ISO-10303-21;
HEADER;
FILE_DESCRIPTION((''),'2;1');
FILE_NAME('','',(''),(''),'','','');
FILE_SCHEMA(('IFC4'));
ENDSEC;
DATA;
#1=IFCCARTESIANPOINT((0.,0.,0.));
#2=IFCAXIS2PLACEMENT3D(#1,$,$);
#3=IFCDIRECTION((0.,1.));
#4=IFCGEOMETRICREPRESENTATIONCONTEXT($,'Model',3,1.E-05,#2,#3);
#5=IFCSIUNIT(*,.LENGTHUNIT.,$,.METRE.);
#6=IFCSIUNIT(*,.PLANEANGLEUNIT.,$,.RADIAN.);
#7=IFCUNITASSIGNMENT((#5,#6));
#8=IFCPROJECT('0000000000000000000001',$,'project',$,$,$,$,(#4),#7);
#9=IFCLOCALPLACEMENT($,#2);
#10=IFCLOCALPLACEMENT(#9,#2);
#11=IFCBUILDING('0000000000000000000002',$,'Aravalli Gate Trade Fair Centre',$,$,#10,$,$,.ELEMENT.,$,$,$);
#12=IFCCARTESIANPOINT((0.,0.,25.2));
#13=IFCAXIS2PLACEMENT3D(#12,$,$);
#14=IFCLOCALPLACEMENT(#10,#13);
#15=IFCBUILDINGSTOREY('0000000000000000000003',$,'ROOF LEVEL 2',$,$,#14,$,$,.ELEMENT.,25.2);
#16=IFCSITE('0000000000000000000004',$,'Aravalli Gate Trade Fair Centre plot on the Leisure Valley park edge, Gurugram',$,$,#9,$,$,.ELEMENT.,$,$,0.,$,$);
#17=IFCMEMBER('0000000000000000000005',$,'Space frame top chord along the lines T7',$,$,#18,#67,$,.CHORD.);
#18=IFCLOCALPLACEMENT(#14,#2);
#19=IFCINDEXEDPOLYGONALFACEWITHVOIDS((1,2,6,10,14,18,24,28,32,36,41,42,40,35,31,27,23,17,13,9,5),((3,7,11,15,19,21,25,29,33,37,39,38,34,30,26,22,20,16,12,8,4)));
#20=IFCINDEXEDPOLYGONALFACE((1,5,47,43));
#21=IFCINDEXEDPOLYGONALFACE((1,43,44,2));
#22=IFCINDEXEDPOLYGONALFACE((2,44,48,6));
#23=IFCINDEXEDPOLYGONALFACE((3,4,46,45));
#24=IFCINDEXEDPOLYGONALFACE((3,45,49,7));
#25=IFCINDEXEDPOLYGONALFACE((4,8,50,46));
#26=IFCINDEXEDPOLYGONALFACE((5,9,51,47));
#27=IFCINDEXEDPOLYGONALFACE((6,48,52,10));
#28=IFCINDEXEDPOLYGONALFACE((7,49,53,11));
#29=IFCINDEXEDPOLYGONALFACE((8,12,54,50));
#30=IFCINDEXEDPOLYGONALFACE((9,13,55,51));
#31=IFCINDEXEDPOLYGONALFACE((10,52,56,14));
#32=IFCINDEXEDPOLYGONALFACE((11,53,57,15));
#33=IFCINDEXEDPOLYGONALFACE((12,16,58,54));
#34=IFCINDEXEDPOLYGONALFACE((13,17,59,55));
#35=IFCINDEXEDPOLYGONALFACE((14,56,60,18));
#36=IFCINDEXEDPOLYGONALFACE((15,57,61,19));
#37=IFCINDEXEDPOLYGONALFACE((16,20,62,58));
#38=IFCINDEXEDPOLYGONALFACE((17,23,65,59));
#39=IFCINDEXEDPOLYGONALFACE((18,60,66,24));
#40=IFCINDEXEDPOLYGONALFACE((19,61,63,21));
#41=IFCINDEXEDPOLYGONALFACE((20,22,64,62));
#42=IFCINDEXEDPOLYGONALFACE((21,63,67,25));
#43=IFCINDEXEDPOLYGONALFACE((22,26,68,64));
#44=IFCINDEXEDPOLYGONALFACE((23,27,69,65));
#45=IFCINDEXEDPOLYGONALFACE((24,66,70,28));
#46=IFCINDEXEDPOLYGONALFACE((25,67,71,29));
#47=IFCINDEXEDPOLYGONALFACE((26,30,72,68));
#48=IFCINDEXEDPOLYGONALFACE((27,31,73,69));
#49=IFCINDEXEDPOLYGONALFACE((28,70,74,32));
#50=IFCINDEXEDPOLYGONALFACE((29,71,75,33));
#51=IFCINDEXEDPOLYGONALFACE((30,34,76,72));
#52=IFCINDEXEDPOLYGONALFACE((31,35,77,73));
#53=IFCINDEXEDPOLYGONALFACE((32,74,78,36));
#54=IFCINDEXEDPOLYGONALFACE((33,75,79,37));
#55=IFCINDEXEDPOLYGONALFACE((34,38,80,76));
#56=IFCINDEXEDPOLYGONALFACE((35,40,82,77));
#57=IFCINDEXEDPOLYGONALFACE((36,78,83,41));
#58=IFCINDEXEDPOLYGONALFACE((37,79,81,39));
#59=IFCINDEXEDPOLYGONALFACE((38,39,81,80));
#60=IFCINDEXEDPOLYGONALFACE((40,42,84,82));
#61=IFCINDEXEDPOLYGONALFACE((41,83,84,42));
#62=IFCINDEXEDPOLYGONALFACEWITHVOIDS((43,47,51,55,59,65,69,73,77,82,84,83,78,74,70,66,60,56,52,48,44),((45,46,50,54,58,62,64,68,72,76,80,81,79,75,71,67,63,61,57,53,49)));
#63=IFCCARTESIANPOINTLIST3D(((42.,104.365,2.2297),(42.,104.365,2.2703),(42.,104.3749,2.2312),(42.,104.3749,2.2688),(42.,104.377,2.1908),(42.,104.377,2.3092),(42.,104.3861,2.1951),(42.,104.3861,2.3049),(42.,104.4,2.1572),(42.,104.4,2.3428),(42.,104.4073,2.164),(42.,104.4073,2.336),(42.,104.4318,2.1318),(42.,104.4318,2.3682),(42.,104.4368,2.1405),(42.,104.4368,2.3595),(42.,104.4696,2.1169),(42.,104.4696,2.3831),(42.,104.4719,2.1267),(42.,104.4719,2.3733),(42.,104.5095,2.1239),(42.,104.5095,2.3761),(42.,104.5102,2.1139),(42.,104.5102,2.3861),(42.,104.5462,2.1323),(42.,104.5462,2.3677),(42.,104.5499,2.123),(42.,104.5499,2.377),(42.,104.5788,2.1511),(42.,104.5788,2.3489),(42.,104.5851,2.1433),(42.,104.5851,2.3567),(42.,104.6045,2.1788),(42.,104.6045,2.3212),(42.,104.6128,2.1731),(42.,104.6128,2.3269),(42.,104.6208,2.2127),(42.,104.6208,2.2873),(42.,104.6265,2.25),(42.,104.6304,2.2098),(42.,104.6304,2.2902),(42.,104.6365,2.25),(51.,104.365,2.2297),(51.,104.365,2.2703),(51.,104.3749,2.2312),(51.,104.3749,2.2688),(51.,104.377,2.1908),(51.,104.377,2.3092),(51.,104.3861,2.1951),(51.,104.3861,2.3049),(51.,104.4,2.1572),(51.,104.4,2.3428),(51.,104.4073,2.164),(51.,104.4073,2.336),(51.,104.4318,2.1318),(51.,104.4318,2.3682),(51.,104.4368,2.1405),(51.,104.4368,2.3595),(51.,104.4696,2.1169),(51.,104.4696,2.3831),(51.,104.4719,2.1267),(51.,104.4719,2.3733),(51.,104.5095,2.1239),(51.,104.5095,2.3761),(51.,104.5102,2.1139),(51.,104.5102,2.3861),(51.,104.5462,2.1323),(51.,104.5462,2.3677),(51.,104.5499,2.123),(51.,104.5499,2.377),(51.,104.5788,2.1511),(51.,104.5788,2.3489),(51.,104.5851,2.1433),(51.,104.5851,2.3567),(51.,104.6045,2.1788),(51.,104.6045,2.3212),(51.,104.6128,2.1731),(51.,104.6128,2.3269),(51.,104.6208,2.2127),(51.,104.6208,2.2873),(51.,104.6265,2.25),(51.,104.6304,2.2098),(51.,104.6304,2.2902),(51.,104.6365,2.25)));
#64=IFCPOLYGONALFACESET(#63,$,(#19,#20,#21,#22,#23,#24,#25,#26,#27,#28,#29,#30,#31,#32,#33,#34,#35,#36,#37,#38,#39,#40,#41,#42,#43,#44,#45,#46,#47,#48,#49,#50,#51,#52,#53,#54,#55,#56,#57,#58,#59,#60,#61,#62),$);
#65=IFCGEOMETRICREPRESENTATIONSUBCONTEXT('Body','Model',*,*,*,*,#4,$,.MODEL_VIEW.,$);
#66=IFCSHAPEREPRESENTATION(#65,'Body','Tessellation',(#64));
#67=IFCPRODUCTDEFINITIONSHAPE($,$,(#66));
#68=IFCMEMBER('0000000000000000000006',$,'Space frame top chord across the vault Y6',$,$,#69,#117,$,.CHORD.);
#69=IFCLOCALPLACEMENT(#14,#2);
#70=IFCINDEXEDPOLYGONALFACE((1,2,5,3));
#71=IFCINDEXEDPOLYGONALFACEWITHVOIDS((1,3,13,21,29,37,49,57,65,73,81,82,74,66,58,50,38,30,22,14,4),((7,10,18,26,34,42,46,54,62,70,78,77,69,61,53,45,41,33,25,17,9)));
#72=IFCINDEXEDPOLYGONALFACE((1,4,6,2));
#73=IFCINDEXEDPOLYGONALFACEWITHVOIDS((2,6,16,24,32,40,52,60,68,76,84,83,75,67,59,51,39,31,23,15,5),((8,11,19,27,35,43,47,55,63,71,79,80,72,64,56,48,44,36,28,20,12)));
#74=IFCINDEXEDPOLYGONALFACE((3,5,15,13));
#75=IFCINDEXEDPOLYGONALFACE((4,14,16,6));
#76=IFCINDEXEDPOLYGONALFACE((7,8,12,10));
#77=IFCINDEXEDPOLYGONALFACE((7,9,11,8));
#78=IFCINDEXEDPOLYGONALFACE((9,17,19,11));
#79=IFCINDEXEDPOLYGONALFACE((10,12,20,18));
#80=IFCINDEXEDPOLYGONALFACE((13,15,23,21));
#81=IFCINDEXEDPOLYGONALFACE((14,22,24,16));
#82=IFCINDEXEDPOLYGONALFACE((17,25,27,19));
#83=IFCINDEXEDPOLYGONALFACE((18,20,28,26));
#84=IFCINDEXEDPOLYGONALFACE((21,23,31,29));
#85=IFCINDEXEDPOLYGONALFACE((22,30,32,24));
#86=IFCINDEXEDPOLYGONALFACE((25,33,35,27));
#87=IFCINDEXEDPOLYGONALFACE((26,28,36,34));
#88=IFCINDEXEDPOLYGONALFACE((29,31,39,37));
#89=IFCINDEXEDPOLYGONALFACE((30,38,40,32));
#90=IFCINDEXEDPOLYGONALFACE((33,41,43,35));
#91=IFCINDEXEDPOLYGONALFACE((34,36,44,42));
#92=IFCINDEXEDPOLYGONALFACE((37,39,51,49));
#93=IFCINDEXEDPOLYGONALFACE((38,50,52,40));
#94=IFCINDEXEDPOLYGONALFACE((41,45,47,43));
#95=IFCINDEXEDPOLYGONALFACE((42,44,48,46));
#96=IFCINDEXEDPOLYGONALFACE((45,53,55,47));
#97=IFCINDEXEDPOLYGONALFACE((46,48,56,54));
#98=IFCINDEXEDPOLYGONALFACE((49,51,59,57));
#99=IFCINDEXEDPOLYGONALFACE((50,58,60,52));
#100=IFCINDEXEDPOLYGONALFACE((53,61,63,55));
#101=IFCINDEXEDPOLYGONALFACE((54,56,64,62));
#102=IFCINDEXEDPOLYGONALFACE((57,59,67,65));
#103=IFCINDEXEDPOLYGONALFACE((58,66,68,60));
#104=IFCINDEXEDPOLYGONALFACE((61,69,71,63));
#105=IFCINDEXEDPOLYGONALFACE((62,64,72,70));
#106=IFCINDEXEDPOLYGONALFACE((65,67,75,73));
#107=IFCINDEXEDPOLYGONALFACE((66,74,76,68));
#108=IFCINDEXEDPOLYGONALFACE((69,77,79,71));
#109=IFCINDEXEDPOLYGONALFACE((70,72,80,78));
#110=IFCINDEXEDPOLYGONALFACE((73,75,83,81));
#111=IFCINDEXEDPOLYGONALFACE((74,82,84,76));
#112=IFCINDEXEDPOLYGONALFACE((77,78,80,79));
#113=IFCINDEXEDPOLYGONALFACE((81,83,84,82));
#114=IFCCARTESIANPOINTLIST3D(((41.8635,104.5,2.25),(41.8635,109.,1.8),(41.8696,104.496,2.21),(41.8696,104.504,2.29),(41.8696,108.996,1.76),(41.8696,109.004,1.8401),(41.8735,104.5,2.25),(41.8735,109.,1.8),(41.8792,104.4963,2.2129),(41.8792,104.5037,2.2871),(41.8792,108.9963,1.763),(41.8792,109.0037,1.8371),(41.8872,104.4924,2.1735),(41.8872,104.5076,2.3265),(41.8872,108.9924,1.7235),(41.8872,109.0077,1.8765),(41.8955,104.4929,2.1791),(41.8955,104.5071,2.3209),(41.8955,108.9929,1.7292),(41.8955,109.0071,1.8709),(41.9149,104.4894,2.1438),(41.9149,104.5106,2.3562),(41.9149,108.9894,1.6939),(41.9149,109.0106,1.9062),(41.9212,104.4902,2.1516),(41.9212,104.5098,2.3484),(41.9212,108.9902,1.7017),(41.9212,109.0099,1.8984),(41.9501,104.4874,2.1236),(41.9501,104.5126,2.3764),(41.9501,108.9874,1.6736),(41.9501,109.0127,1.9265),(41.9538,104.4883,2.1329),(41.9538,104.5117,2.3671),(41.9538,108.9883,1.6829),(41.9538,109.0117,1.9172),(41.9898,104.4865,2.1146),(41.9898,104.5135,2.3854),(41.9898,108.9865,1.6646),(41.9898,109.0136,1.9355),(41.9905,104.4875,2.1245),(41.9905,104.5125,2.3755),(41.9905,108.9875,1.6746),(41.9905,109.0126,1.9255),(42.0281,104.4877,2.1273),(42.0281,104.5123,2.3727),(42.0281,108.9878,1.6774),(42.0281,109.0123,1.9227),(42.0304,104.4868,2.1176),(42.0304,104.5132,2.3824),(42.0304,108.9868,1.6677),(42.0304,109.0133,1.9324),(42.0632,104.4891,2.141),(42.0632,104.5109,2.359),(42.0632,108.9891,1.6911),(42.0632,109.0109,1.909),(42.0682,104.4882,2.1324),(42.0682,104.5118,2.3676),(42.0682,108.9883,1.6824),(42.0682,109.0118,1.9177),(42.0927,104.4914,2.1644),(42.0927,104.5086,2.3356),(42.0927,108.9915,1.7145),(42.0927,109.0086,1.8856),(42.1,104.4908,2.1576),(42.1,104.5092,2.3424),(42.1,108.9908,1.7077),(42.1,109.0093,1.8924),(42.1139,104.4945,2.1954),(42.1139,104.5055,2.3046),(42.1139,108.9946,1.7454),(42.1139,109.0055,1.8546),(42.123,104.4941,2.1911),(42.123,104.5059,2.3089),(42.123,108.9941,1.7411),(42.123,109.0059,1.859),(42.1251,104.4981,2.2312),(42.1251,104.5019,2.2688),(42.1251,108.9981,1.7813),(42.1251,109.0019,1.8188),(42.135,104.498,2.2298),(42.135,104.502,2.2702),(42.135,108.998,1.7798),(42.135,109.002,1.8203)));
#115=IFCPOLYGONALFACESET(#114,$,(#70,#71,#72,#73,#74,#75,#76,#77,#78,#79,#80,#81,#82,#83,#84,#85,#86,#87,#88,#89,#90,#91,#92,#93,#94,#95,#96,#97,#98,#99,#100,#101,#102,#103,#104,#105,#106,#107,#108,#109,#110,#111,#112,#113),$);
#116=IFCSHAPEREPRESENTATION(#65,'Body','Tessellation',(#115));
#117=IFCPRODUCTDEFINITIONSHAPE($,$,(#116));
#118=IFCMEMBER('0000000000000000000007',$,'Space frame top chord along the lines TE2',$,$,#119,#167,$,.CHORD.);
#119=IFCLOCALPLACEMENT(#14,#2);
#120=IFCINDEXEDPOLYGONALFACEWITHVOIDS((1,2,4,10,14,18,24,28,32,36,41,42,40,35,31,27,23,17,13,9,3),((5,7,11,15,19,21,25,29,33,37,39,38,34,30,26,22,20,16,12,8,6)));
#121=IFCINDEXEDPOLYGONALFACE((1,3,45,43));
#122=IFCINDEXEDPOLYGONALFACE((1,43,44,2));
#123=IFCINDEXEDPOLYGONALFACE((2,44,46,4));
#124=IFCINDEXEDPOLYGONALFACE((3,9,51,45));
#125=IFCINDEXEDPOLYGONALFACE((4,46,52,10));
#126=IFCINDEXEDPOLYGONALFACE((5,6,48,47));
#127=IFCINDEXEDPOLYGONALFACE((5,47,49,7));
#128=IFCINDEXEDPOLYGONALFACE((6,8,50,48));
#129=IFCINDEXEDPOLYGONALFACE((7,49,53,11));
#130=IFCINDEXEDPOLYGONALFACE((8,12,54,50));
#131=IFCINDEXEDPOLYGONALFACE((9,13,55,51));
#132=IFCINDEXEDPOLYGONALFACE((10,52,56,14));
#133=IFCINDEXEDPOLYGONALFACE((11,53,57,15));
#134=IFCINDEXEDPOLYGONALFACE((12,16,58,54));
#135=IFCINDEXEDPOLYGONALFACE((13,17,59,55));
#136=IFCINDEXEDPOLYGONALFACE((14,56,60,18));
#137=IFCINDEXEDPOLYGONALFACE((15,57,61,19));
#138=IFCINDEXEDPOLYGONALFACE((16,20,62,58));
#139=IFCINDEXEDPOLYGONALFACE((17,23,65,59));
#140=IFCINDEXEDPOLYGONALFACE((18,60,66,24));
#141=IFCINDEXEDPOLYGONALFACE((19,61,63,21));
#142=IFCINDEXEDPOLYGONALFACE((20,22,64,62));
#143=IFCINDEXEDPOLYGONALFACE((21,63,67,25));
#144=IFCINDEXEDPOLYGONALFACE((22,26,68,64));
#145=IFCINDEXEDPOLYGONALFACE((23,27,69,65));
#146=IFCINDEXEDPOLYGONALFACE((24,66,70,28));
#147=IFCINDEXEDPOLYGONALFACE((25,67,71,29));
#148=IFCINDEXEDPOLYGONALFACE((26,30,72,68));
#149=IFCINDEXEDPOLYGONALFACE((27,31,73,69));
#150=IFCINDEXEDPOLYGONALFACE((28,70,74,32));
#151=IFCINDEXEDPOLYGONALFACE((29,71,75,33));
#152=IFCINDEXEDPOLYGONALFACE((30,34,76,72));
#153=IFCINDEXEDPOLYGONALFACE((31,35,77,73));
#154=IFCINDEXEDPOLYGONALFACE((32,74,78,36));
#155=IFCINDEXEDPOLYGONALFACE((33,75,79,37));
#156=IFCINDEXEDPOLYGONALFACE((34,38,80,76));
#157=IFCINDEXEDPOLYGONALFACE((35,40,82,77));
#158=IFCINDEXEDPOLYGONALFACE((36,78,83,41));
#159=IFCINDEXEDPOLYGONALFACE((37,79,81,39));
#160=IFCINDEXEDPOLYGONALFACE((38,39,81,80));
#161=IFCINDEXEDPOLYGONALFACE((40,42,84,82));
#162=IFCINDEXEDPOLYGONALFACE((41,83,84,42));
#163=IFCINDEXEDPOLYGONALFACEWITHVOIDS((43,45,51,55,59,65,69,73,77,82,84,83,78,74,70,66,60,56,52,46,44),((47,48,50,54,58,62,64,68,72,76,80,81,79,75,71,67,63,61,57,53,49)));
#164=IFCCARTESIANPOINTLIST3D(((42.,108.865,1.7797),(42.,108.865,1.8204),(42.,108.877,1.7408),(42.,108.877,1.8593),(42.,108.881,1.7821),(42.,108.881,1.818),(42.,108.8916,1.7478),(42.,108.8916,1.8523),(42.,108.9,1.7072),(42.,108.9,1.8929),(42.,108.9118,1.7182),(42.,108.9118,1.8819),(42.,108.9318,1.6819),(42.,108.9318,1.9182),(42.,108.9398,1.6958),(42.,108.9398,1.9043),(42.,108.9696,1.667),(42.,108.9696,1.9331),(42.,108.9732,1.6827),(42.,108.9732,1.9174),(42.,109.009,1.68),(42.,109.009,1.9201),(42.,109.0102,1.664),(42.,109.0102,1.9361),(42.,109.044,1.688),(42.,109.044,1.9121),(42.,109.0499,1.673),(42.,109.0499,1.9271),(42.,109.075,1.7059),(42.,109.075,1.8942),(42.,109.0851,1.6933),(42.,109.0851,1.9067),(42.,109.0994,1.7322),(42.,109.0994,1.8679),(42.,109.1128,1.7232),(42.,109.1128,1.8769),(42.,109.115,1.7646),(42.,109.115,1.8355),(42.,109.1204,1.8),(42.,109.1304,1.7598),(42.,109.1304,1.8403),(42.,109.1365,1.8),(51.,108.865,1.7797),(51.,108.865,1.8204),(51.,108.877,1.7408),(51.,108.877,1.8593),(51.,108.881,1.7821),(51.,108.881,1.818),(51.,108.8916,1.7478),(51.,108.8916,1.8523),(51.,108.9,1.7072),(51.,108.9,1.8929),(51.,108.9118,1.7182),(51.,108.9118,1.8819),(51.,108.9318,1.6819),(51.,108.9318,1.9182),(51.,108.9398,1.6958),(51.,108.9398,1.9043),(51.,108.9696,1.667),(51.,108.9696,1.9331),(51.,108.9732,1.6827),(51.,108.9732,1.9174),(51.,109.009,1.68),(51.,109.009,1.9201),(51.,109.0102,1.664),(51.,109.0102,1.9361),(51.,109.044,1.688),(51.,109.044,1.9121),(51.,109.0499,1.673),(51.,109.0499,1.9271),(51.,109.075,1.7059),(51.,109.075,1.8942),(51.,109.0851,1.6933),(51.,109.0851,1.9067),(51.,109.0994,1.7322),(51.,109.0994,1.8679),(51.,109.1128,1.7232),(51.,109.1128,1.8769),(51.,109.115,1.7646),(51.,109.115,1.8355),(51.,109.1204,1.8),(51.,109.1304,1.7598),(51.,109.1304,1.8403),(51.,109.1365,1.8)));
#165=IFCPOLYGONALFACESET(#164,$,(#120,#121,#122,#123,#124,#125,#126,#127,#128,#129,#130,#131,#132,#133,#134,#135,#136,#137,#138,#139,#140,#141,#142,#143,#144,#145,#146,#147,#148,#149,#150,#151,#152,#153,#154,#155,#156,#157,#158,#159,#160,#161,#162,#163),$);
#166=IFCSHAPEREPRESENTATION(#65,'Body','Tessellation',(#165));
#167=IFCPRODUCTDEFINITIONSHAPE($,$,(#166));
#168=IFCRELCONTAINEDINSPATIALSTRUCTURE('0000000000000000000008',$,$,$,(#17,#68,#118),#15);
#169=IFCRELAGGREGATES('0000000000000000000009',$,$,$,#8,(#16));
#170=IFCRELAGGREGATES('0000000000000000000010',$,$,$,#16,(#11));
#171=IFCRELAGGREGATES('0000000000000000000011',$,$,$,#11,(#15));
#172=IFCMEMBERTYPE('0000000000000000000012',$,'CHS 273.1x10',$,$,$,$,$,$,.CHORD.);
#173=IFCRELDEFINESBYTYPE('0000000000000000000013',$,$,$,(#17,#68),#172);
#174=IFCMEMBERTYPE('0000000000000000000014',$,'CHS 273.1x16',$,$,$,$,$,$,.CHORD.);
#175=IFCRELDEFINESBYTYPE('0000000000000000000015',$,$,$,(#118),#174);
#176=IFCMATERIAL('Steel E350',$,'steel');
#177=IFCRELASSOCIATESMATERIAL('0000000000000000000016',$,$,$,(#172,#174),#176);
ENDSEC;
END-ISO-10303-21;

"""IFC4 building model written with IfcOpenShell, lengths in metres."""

from ifc_helpers import new_model, si_unit, direction, frame, origin, origin_2d, place, context, subcontext, project, spatial, hollow_circle, extrude, material, material_profile, profile_set, type_object, element, save


model = new_model("IFC4")

# Units and contexts
model_context = context("Model", 3, precision=1e-05, world=origin(), true_north=direction((0.0, 1.0)))
body_context = subcontext(model_context, "Body", "Model", "MODEL_VIEW")
ifc_project = project(units=[si_unit("LENGTHUNIT", "METRE"), si_unit("PLANEANGLEUNIT", "RADIAN")], contexts=[model_context])

# Site, building, storey
site_placement = place(None, origin())
site = spatial("IfcSite", under=ifc_project, at=site_placement, Name="Aravalli Gate Trade Fair Centre plot on the Leisure Valley park edge, Gurugram", CompositionType="ELEMENT", RefElevation=0.0)
building_placement = place(site_placement, origin())
building = spatial("IfcBuilding", under=site, at=building_placement, Name="Aravalli Gate Trade Fair Centre", CompositionType="ELEMENT")
storey_placement = place(building_placement, frame((0.0, 0.0, 25.2)))
storey = spatial("IfcBuildingStorey", under=building, at=storey_placement, Name="ROOF LEVEL 2", CompositionType="ELEMENT", Elevation=25.2)

# Members
ifc_material_1 = material(Name="Steel E350", Category="steel")
ifc_material_profile_1 = material_profile(ifc_material_1, hollow_circle(Radius=0.1365, WallThickness=0.01, at=origin_2d()), Name="CHS 273.1x10")
ifc_profile_set_1 = profile_set([ifc_material_profile_1], Name="Steel E350")
member_type_1 = type_object("IfcMemberType", Name="CHS 273.1x10", PredefinedType="CHORD", material=ifc_profile_set_1)
member_1_placement = place(storey_placement, frame((42.0, 104.5, 2.25), z_axis=(1.0, 0.0, 0.0), x_axis=(0.0, 1.0, 0.0)))
element("IfcMember", 1, at=member_1_placement, inside=storey, type_object=member_type_1, Name="Space frame top chord along the lines T7", PredefinedType="CHORD", context=body_context, shape_type="SweptSolid", body=[
    extrude(hollow_circle(Radius=0.1365, WallThickness=0.01, at=origin_2d()), origin(), (0.0, 0.0, 1.0), 9.0),
])
member_2_placement = place(storey_placement, frame((42.0, 104.5, 2.25), z_axis=(0.0, 0.995038, -0.099493), x_axis=(-1.0, 0.0, 0.0)))
element("IfcMember", 2, at=member_2_placement, inside=storey, type_object=member_type_1, Name="Space frame top chord across the vault Y6", PredefinedType="CHORD", context=body_context, shape_type="SweptSolid", body=[
    extrude(hollow_circle(Radius=0.1365, WallThickness=0.01, at=origin_2d()), origin(), (0.0, 0.0, 1.0), 4.5225),
])
ifc_material_profile_2 = material_profile(ifc_material_1, hollow_circle(Radius=0.1365, WallThickness=0.0161, at=origin_2d()), Name="CHS 273.1x16")
ifc_profile_set_2 = profile_set([ifc_material_profile_2], Name="Steel E350")
member_type_2 = type_object("IfcMemberType", Name="CHS 273.1x16", PredefinedType="CHORD", material=ifc_profile_set_2)
member_3_placement = place(storey_placement, frame((42.0, 109.0, 1.8), z_axis=(1.0, 0.0, 0.0), x_axis=(0.0, 1.0, 0.0)))
element("IfcMember", 3, at=member_3_placement, inside=storey, type_object=member_type_2, Name="Space frame top chord along the lines TE2", PredefinedType="CHORD", context=body_context, shape_type="SweptSolid", body=[
    extrude(hollow_circle(Radius=0.1365, WallThickness=0.0161, at=origin_2d()), origin(), (0.0, 0.0, 1.0), 9.0),
])

save(model, "model.ifc")
